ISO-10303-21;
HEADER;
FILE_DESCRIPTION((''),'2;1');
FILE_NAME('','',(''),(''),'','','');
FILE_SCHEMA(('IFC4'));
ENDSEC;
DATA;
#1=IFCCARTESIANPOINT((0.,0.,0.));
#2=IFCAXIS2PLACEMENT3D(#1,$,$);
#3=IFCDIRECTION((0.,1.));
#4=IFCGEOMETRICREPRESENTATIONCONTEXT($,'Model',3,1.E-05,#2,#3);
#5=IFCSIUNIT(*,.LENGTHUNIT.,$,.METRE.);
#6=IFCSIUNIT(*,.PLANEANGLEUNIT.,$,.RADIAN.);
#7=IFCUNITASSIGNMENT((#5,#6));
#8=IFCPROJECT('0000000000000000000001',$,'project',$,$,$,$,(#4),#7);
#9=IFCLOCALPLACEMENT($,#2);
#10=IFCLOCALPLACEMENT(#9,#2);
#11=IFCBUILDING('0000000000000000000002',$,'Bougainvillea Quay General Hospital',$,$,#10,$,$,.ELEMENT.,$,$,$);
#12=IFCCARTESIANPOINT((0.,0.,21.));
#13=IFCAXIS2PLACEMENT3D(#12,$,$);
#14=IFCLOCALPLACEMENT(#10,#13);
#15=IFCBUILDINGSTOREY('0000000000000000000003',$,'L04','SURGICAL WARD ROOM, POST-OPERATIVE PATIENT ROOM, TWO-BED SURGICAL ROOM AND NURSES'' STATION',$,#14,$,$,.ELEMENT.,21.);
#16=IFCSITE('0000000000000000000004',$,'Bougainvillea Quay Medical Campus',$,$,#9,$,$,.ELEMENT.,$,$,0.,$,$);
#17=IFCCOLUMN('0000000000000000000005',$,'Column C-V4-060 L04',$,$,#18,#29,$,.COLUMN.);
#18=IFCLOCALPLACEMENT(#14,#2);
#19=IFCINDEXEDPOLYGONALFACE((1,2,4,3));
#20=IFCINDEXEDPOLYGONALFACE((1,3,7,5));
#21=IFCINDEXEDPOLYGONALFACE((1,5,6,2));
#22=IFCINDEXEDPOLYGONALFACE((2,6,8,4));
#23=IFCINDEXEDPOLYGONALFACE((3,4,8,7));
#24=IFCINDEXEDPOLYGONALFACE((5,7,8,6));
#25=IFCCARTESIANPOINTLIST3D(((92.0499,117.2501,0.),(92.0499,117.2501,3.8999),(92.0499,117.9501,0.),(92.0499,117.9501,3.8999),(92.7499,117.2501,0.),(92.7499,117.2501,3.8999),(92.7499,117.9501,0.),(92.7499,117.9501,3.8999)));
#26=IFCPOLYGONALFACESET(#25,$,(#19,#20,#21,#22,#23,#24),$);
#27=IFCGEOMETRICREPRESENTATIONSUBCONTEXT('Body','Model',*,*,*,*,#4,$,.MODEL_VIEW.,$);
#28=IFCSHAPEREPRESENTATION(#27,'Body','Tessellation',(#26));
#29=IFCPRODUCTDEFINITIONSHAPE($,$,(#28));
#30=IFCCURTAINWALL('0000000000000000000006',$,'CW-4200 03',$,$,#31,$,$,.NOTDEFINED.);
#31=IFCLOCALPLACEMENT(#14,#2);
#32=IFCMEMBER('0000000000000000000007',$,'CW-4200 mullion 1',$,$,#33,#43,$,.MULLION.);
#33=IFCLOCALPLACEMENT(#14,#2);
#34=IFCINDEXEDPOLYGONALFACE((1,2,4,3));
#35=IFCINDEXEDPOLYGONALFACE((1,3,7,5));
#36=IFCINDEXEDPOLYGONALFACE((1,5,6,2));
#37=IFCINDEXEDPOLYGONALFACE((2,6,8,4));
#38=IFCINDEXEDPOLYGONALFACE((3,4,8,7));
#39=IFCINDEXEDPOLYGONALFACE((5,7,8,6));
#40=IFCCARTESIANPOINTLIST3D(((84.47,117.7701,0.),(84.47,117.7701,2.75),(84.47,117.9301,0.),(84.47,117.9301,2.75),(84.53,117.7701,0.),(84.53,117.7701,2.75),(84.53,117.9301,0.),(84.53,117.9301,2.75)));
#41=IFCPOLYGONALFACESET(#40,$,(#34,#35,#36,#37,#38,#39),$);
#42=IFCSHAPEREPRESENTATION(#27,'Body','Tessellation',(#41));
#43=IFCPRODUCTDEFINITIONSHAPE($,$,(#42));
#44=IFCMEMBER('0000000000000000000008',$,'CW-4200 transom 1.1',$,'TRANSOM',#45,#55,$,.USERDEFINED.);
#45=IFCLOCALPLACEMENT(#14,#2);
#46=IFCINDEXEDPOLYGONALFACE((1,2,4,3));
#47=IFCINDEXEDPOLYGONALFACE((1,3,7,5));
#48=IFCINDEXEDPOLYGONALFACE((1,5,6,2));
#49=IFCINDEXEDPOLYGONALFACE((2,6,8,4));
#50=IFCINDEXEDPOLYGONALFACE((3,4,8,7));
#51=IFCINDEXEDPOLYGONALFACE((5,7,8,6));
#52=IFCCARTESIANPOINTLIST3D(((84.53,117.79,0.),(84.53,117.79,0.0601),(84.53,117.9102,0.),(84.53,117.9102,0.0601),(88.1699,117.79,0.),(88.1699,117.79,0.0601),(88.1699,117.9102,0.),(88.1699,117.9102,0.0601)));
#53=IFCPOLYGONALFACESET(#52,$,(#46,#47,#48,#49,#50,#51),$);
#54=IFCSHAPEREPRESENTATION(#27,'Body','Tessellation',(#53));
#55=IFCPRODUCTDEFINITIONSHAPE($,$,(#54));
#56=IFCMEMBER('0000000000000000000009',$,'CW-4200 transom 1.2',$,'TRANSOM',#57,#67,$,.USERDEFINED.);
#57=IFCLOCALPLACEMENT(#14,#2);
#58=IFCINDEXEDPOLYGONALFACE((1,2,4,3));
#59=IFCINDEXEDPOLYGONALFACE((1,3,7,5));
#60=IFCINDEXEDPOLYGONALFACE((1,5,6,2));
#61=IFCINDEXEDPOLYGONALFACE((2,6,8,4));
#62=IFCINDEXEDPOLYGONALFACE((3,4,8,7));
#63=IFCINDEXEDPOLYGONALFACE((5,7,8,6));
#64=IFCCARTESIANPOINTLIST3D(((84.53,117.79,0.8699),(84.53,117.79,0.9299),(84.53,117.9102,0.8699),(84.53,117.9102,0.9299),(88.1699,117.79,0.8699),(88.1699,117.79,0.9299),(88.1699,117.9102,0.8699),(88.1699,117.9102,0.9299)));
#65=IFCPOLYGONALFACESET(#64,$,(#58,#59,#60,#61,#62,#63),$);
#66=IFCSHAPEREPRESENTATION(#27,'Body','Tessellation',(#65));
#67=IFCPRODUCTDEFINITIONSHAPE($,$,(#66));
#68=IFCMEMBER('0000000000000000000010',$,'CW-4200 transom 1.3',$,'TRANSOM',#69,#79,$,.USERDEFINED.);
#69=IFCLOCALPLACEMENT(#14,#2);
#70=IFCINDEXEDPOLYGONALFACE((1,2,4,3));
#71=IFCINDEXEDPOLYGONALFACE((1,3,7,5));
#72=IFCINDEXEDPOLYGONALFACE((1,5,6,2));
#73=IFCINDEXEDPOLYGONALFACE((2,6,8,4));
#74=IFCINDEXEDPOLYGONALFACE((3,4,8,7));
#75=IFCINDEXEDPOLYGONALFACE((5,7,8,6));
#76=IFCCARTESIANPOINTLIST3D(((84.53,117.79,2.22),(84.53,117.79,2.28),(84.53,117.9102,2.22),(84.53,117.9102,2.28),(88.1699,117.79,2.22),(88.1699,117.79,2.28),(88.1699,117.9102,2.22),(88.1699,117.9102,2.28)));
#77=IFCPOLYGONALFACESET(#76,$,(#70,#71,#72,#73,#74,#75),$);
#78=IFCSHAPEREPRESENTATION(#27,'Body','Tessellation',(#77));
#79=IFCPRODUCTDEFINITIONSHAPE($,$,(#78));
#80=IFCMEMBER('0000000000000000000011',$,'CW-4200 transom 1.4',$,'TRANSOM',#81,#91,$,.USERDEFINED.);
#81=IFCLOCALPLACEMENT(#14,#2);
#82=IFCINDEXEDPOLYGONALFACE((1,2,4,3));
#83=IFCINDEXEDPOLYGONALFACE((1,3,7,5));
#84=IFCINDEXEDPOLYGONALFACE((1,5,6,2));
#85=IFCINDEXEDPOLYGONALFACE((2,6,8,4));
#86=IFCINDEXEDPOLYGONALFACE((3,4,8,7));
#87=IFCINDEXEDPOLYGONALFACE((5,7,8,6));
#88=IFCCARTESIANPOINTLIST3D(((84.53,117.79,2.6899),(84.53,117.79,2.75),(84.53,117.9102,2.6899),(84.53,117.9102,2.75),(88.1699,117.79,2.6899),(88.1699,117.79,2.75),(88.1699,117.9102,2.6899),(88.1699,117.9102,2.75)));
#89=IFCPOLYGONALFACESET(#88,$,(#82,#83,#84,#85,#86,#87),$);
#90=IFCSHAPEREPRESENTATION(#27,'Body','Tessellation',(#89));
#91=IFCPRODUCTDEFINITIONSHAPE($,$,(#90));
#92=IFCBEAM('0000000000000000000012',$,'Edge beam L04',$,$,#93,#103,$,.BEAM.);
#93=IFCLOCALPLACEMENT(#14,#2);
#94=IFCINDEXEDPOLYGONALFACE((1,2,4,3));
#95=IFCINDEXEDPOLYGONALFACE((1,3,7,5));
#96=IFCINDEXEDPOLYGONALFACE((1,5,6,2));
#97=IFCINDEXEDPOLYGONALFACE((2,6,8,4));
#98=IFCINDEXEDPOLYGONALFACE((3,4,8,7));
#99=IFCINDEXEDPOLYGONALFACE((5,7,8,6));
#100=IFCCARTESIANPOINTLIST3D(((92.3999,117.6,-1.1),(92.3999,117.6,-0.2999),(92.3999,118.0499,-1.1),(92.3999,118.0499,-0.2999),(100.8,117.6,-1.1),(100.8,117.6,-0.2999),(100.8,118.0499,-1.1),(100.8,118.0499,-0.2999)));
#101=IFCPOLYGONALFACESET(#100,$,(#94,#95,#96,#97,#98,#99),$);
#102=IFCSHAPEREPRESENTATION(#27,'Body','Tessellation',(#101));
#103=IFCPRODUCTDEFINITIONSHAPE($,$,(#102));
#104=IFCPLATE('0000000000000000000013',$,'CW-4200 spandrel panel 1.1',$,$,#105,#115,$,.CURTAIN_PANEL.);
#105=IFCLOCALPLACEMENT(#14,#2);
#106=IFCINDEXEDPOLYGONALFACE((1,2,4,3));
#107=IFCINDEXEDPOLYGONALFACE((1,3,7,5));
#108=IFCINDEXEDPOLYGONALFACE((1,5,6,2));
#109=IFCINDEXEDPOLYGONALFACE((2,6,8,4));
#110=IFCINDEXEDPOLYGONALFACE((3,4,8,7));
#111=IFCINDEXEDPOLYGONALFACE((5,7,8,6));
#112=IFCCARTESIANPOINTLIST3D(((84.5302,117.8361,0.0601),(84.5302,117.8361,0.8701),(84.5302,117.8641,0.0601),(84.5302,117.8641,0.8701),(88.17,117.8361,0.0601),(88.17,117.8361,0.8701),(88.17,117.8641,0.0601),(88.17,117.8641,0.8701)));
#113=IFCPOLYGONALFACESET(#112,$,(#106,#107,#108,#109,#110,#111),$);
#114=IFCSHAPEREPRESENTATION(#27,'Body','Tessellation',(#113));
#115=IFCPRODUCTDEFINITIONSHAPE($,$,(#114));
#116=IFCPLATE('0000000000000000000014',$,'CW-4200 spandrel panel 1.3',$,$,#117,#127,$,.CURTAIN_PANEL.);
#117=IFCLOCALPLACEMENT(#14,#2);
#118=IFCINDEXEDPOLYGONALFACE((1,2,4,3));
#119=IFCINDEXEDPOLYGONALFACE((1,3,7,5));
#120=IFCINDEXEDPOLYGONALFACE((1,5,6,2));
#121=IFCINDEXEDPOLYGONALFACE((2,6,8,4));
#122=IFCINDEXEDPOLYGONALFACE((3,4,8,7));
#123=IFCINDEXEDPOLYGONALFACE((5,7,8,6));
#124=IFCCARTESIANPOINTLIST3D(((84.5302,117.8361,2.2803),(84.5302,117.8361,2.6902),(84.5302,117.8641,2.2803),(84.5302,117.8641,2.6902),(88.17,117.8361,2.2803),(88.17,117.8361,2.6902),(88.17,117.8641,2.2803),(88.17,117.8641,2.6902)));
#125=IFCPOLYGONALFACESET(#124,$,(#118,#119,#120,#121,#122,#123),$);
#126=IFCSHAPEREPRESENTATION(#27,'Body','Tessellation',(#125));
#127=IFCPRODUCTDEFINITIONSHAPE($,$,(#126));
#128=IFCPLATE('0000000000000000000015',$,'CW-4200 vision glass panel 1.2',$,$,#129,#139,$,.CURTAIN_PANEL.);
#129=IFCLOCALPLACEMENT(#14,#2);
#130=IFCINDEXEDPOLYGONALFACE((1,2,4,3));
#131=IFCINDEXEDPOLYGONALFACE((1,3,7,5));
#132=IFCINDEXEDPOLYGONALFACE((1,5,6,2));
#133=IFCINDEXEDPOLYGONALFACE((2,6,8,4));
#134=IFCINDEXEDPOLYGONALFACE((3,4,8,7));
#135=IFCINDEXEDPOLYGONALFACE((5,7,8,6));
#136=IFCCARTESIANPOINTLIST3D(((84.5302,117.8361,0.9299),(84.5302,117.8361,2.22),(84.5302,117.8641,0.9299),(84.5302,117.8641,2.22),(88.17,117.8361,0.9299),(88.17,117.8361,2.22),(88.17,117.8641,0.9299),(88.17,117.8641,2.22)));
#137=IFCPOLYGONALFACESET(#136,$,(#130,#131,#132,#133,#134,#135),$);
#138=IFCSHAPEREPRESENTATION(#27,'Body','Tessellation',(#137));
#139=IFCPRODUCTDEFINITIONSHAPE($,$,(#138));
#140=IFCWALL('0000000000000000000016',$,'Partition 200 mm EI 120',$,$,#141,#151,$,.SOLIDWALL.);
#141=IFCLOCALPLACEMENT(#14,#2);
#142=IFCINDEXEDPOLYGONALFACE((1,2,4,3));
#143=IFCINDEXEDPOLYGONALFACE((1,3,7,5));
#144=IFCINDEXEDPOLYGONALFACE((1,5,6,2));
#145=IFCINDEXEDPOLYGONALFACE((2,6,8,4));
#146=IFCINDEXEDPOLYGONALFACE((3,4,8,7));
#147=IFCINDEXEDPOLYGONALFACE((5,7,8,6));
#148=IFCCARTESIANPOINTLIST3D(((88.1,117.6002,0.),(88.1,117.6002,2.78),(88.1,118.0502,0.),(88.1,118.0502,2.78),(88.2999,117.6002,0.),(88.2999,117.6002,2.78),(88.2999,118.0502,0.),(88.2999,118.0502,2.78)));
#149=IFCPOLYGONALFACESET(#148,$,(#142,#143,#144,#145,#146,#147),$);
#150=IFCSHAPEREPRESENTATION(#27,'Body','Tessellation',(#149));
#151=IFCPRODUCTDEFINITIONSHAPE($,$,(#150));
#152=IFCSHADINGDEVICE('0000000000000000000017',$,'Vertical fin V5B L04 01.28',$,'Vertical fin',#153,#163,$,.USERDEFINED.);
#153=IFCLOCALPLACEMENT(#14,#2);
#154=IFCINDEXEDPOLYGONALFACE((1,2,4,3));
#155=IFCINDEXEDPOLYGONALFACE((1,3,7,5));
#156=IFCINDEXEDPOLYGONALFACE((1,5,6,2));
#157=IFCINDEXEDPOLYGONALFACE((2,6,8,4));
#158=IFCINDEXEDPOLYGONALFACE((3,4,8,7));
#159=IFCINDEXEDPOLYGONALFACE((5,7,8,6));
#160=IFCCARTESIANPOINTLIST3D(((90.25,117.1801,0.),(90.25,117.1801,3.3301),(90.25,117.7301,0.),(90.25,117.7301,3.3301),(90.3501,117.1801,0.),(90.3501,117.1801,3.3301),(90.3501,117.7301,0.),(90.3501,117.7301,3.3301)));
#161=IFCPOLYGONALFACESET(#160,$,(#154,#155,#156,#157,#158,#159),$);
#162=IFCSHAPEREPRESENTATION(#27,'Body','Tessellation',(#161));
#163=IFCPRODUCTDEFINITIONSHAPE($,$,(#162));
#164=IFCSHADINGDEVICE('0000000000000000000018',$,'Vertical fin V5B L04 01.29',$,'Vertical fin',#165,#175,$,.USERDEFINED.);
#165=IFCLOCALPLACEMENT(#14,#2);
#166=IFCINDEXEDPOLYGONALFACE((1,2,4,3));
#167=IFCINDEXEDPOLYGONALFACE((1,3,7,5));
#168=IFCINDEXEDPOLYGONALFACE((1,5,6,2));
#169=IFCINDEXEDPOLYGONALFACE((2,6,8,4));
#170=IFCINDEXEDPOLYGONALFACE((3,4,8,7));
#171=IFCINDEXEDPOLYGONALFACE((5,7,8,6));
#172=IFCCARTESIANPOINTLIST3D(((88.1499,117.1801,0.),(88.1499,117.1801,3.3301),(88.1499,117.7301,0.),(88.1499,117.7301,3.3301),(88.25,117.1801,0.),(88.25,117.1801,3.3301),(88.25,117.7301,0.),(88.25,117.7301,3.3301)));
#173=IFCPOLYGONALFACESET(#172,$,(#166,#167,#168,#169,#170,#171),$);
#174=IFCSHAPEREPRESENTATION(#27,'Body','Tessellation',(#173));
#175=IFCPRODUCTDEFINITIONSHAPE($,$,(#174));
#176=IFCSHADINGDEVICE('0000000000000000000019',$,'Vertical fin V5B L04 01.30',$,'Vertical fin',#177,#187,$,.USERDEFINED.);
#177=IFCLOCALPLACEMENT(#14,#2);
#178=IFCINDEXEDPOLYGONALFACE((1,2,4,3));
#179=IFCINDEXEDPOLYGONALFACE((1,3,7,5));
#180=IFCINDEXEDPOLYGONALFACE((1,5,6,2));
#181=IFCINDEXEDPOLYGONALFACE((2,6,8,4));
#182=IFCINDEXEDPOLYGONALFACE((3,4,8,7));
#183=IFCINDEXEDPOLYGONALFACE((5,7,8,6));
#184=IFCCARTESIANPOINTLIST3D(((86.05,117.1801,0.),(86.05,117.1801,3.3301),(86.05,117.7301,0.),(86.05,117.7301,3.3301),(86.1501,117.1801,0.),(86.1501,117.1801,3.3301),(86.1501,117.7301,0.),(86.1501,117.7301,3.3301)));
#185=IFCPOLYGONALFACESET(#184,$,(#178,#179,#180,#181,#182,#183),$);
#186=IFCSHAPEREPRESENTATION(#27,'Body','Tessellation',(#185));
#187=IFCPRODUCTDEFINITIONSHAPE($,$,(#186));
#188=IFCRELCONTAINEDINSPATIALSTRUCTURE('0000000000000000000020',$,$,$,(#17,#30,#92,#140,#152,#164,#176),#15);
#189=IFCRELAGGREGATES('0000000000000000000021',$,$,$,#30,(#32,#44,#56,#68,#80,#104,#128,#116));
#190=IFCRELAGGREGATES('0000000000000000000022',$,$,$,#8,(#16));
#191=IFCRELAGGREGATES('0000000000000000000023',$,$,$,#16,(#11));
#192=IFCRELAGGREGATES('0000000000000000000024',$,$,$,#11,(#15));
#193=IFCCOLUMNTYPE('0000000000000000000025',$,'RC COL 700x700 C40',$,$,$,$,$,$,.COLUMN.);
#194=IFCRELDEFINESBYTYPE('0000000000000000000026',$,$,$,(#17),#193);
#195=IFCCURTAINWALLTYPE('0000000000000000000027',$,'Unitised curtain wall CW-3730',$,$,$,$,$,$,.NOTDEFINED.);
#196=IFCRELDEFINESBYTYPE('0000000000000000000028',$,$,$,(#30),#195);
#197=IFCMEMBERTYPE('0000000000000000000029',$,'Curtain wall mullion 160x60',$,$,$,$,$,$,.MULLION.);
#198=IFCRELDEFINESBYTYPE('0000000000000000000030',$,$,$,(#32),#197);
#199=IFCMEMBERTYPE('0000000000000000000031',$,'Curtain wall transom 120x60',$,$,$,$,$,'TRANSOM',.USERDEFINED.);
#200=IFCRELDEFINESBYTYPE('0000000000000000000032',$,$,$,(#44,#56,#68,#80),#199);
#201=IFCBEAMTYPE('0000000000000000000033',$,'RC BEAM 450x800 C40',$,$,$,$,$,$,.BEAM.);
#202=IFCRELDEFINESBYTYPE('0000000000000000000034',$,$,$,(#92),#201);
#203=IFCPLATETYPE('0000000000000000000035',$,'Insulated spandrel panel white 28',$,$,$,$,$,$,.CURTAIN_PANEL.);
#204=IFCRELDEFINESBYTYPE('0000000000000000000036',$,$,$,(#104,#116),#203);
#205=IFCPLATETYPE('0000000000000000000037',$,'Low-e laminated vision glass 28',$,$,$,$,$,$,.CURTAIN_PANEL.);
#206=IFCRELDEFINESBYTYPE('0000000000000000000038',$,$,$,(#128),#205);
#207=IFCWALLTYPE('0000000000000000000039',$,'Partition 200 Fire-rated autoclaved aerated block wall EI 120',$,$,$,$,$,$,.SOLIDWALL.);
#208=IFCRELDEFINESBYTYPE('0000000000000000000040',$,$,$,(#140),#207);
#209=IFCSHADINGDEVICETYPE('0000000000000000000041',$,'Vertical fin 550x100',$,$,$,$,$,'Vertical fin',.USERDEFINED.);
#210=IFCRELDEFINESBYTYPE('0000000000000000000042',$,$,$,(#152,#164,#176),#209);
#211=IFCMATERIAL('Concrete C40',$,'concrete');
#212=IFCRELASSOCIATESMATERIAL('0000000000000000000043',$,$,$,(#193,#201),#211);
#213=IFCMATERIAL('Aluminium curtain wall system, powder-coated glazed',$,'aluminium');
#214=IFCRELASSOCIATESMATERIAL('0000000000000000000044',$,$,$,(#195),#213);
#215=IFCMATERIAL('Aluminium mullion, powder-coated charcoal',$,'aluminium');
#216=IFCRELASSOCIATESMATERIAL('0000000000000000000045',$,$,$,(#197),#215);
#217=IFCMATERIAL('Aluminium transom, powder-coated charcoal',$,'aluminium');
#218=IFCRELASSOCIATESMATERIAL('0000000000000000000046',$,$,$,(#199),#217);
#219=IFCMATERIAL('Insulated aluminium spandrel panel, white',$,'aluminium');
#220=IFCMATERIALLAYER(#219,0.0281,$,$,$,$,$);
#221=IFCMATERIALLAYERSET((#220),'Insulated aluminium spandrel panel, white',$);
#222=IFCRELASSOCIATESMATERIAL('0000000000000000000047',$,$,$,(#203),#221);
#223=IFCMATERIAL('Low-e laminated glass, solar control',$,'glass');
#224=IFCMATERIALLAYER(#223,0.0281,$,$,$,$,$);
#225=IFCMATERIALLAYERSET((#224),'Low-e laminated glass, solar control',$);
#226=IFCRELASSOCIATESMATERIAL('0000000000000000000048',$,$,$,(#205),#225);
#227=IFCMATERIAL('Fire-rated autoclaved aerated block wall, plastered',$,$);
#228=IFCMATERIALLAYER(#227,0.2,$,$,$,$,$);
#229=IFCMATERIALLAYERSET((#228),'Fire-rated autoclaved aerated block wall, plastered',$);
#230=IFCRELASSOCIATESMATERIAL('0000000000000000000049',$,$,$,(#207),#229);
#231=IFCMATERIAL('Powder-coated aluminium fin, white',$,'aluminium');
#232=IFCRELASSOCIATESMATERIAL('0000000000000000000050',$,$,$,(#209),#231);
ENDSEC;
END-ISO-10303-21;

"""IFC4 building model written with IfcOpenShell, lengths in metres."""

from ifc_helpers import new_model, si_unit, direction, frame, frame_2d, origin, origin_2d, place, context, subcontext, project, spatial, rectangle, extrude, material, layer, layer_set, material_profile, profile_set, type_object, element, aggregate, save


model = new_model("IFC4")

# Units and contexts
model_context = context("Model", 3, precision=1e-05, world=origin(), true_north=direction((0.0, 1.0)))
body_context = subcontext(model_context, "Body", "Model", "MODEL_VIEW")
ifc_project = project(units=[si_unit("LENGTHUNIT", "METRE"), si_unit("PLANEANGLEUNIT", "RADIAN")], contexts=[model_context])

# Site, building, storey
site_placement = place(None, origin())
site = spatial("IfcSite", under=ifc_project, at=site_placement, Name="Bougainvillea Quay Medical Campus", CompositionType="ELEMENT", RefElevation=0.0)
building_placement = place(site_placement, origin())
building = spatial("IfcBuilding", under=site, at=building_placement, Name="Bougainvillea Quay General Hospital", CompositionType="ELEMENT")
storey_placement = place(building_placement, frame((0.0, 0.0, 21.0)))
storey = spatial("IfcBuildingStorey", under=building, at=storey_placement, Name="L04", Description="SURGICAL WARD ROOM, POST-OPERATIVE PATIENT ROOM, TWO-BED SURGICAL ROOM AND NURSES' STATION", CompositionType="ELEMENT", Elevation=21.0)

# Column
ifc_material_1 = material(Name="Concrete C40", Category="concrete")
ifc_material_profile_1 = material_profile(ifc_material_1, rectangle(XDim=0.7, YDim=0.7, at=origin_2d()))
ifc_profile_set_1 = profile_set([ifc_material_profile_1], Name="Concrete C40")
column_type = type_object("IfcColumnType", Name="RC COL 700x700 C40", PredefinedType="COLUMN", material=ifc_profile_set_1)
column_placement = place(storey_placement, frame((92.3999, 117.6001, 0.0), z_axis=(0.0, 0.0, 1.0), x_axis=(1.0, 0.0, 0.0)))
element("IfcColumn", 1, at=column_placement, inside=storey, type_object=column_type, Name="Column C-V4-060 L04", PredefinedType="COLUMN", context=body_context, shape_type="SweptSolid", body=[
    extrude(rectangle(XDim=0.7, YDim=0.7, at=origin_2d()), origin(), (0.0, 0.0, 1.0), 3.8999),
])

# Curtain wall, members
ifc_material_2 = material(Name="Aluminium curtain wall system, powder-coated glazed", Category="aluminium")
curtain_wall_type = type_object("IfcCurtainWallType", Name="Unitised curtain wall CW-3730", PredefinedType="NOTDEFINED", material=ifc_material_2)
curtain_wall_placement = place(storey_placement, origin())
curtain_wall = element("IfcCurtainWall", 2, at=curtain_wall_placement, inside=storey, type_object=curtain_wall_type, Name="CW-4200 03", PredefinedType="NOTDEFINED")
ifc_material_3 = material(Name="Aluminium mullion, powder-coated charcoal", Category="aluminium")
ifc_material_profile_2 = material_profile(ifc_material_3, rectangle(XDim=0.1599, YDim=0.0601, at=origin_2d()))
ifc_profile_set_2 = profile_set([ifc_material_profile_2], Name="Aluminium mullion, powder-coated charcoal")
member_type_1 = type_object("IfcMemberType", Name="Curtain wall mullion 160x60", PredefinedType="MULLION", material=ifc_profile_set_2)
member_1_placement = place(storey_placement, frame((84.5, 117.8501, 0.0), z_axis=(0.0, 0.0, 1.0), x_axis=(0.0, 1.0, 0.0)))
member_1 = element("IfcMember", 3, at=member_1_placement, type_object=member_type_1, Name="CW-4200 mullion 1", PredefinedType="MULLION", context=body_context, shape_type="SweptSolid", body=[
    extrude(rectangle(XDim=0.1599, YDim=0.0601, at=origin_2d()), origin(), (0.0, 0.0, 1.0), 2.75),
])
ifc_material_4 = material(Name="Aluminium transom, powder-coated charcoal", Category="aluminium")
ifc_material_profile_3 = material_profile(ifc_material_4, rectangle(XDim=0.1201, YDim=0.0601, at=origin_2d()))
ifc_profile_set_3 = profile_set([ifc_material_profile_3], Name="Aluminium transom, powder-coated charcoal")
member_type_2 = type_object("IfcMemberType", Name="Curtain wall transom 120x60", ElementType="TRANSOM", PredefinedType="USERDEFINED", material=ifc_profile_set_3)
member_2_placement = place(storey_placement, frame((84.53, 117.8501, 0.03), z_axis=(1.0, 0.0, 0.0), x_axis=(0.0, 1.0, 0.0)))
member_2 = element("IfcMember", 4, at=member_2_placement, type_object=member_type_2, Name="CW-4200 transom 1.1", ObjectType="TRANSOM", PredefinedType="USERDEFINED", context=body_context, shape_type="SweptSolid", body=[
    extrude(rectangle(XDim=0.1201, YDim=0.0601, at=origin_2d()), origin(), (0.0, 0.0, 1.0), 3.6399),
])
member_3_placement = place(storey_placement, frame((84.53, 117.8501, 0.8999), z_axis=(1.0, 0.0, 0.0), x_axis=(0.0, 1.0, 0.0)))
member_3 = element("IfcMember", 5, at=member_3_placement, type_object=member_type_2, Name="CW-4200 transom 1.2", ObjectType="TRANSOM", PredefinedType="USERDEFINED", context=body_context, shape_type="SweptSolid", body=[
    extrude(rectangle(XDim=0.1201, YDim=0.0601, at=origin_2d()), origin(), (0.0, 0.0, 1.0), 3.6399),
])
member_4_placement = place(storey_placement, frame((84.53, 117.8501, 2.25), z_axis=(1.0, 0.0, 0.0), x_axis=(0.0, 1.0, 0.0)))
member_4 = element("IfcMember", 6, at=member_4_placement, type_object=member_type_2, Name="CW-4200 transom 1.3", ObjectType="TRANSOM", PredefinedType="USERDEFINED", context=body_context, shape_type="SweptSolid", body=[
    extrude(rectangle(XDim=0.1201, YDim=0.0601, at=origin_2d()), origin(), (0.0, 0.0, 1.0), 3.6399),
])
member_5_placement = place(storey_placement, frame((84.53, 117.8501, 2.72), z_axis=(1.0, 0.0, 0.0), x_axis=(0.0, 1.0, 0.0)))
member_5 = element("IfcMember", 7, at=member_5_placement, type_object=member_type_2, Name="CW-4200 transom 1.4", ObjectType="TRANSOM", PredefinedType="USERDEFINED", context=body_context, shape_type="SweptSolid", body=[
    extrude(rectangle(XDim=0.1201, YDim=0.0601, at=origin_2d()), origin(), (0.0, 0.0, 1.0), 3.6399),
])

# Beam
ifc_material_profile_4 = material_profile(ifc_material_1, rectangle(XDim=0.45, YDim=0.8, at=origin_2d()))
ifc_profile_set_4 = profile_set([ifc_material_profile_4], Name="Concrete C40")
beam_type = type_object("IfcBeamType", Name="RC BEAM 450x800 C40", PredefinedType="BEAM", material=ifc_profile_set_4)
beam_placement = place(storey_placement, frame((92.3999, 117.825, -0.7), z_axis=(1.0, 0.0, 0.0), x_axis=(0.0, 1.0, 0.0)))
element("IfcBeam", 8, at=beam_placement, inside=storey, type_object=beam_type, Name="Edge beam L04", PredefinedType="BEAM", context=body_context, shape_type="SweptSolid", body=[
    extrude(rectangle(XDim=0.45, YDim=0.8, at=origin_2d()), origin(), (0.0, 0.0, 1.0), 8.4001),
])

# Plates
ifc_material_5 = material(Name="Insulated aluminium spandrel panel, white", Category="aluminium")
ifc_layer_1 = layer(ifc_material_5, 0.0281)
ifc_layer_set_1 = layer_set([ifc_layer_1], Name="Insulated aluminium spandrel panel, white")
plate_type_1 = type_object("IfcPlateType", Name="Insulated spandrel panel white 28", PredefinedType="CURTAIN_PANEL", material=ifc_layer_set_1)
plate_1_placement = place(storey_placement, frame((86.3501, 117.8501, 0.0601), z_axis=(0.0, 0.0, 1.0), x_axis=(1.0, 0.0, 0.0)))
plate_1 = element("IfcPlate", 9, at=plate_1_placement, type_object=plate_type_1, Name="CW-4200 spandrel panel 1.1", PredefinedType="CURTAIN_PANEL", context=body_context, shape_type="SweptSolid", body=[
    extrude(rectangle(XDim=3.6399, YDim=0.0281, at=origin_2d()), origin(), (0.0, 0.0, 1.0), 0.8101),
])
plate_2_placement = place(storey_placement, frame((86.3501, 117.8501, 2.2803), z_axis=(0.0, 0.0, 1.0), x_axis=(1.0, 0.0, 0.0)))
plate_2 = element("IfcPlate", 10, at=plate_2_placement, type_object=plate_type_1, Name="CW-4200 spandrel panel 1.3", PredefinedType="CURTAIN_PANEL", context=body_context, shape_type="SweptSolid", body=[
    extrude(rectangle(XDim=3.6399, YDim=0.0281, at=origin_2d()), origin(), (0.0, 0.0, 1.0), 0.4099),
])
ifc_material_6 = material(Name="Low-e laminated glass, solar control", Category="glass")
ifc_layer_2 = layer(ifc_material_6, 0.0281)
ifc_layer_set_2 = layer_set([ifc_layer_2], Name="Low-e laminated glass, solar control")
plate_type_2 = type_object("IfcPlateType", Name="Low-e laminated vision glass 28", PredefinedType="CURTAIN_PANEL", material=ifc_layer_set_2)
plate_3_placement = place(storey_placement, frame((86.3501, 117.8501, 0.9299), z_axis=(0.0, 0.0, 1.0), x_axis=(1.0, 0.0, 0.0)))
plate_3 = element("IfcPlate", 11, at=plate_3_placement, type_object=plate_type_2, Name="CW-4200 vision glass panel 1.2", PredefinedType="CURTAIN_PANEL", context=body_context, shape_type="SweptSolid", body=[
    extrude(rectangle(XDim=3.6399, YDim=0.0281, at=origin_2d()), origin(), (0.0, 0.0, 1.0), 1.29),
])
aggregate(curtain_wall, [member_1, member_2, member_3, member_4, member_5, plate_1, plate_3, plate_2])

# Wall
ifc_material_7 = material(Name="Fire-rated autoclaved aerated block wall, plastered")
ifc_layer_3 = layer(ifc_material_7, 0.2)
ifc_layer_set_3 = layer_set([ifc_layer_3], Name="Fire-rated autoclaved aerated block wall, plastered")
wall_type = type_object("IfcWallType", Name="Partition 200 Fire-rated autoclaved aerated block wall EI 120", PredefinedType="SOLIDWALL", material=ifc_layer_set_3)
wall_placement = place(storey_placement, frame((88.2, 117.6001, 0.0), z_axis=(0.0, 0.0, 1.0), x_axis=(0.0, 1.0, 0.0)))
element("IfcWall", 12, at=wall_placement, inside=storey, type_object=wall_type, Name="Partition 200 mm EI 120", PredefinedType="SOLIDWALL", context=body_context, shape_type="SweptSolid", body=[
    extrude(rectangle(XDim=0.45, YDim=0.2, at=frame_2d((0.2251, 0.0))), origin(), (0.0, 0.0, 1.0), 2.78),
])

# Shading devices
ifc_material_8 = material(Name="Powder-coated aluminium fin, white", Category="aluminium")
ifc_material_profile_5 = material_profile(ifc_material_8, rectangle(XDim=0.55, YDim=0.1001, at=origin_2d()))
ifc_profile_set_5 = profile_set([ifc_material_profile_5], Name="Powder-coated aluminium fin, white")
shading_device_type = type_object("IfcShadingDeviceType", Name="Vertical fin 550x100", ElementType="Vertical fin", PredefinedType="USERDEFINED", material=ifc_profile_set_5)
for number, where, z_axis, x_axis, name in (
    (13, (90.3, 117.4551, 0.0), (0.0, 0.0, 1.0), (0.0, -1.0, 0.0), "Vertical fin V5B L04 01.28"),
    (14, (88.2, 117.4551, 0.0), (0.0, 0.0, 1.0), (0.0, -1.0, 0.0), "Vertical fin V5B L04 01.29"),
    (15, (86.1001, 117.4551, 0.0), (0.0, 0.0, 1.0), (0.0, -1.0, 0.0), "Vertical fin V5B L04 01.30"),
):
    element("IfcShadingDevice", number, at=place(storey_placement, frame(where, z_axis=z_axis, x_axis=x_axis)), inside=storey, type_object=shading_device_type, Name=name, ObjectType="Vertical fin", PredefinedType="USERDEFINED", context=body_context, shape_type="SweptSolid", body=[
        extrude(rectangle(XDim=0.55, YDim=0.1001, at=origin_2d()), origin(), (0.0, 0.0, 1.0), 3.3301),
    ])

save(model, "model.ifc")
